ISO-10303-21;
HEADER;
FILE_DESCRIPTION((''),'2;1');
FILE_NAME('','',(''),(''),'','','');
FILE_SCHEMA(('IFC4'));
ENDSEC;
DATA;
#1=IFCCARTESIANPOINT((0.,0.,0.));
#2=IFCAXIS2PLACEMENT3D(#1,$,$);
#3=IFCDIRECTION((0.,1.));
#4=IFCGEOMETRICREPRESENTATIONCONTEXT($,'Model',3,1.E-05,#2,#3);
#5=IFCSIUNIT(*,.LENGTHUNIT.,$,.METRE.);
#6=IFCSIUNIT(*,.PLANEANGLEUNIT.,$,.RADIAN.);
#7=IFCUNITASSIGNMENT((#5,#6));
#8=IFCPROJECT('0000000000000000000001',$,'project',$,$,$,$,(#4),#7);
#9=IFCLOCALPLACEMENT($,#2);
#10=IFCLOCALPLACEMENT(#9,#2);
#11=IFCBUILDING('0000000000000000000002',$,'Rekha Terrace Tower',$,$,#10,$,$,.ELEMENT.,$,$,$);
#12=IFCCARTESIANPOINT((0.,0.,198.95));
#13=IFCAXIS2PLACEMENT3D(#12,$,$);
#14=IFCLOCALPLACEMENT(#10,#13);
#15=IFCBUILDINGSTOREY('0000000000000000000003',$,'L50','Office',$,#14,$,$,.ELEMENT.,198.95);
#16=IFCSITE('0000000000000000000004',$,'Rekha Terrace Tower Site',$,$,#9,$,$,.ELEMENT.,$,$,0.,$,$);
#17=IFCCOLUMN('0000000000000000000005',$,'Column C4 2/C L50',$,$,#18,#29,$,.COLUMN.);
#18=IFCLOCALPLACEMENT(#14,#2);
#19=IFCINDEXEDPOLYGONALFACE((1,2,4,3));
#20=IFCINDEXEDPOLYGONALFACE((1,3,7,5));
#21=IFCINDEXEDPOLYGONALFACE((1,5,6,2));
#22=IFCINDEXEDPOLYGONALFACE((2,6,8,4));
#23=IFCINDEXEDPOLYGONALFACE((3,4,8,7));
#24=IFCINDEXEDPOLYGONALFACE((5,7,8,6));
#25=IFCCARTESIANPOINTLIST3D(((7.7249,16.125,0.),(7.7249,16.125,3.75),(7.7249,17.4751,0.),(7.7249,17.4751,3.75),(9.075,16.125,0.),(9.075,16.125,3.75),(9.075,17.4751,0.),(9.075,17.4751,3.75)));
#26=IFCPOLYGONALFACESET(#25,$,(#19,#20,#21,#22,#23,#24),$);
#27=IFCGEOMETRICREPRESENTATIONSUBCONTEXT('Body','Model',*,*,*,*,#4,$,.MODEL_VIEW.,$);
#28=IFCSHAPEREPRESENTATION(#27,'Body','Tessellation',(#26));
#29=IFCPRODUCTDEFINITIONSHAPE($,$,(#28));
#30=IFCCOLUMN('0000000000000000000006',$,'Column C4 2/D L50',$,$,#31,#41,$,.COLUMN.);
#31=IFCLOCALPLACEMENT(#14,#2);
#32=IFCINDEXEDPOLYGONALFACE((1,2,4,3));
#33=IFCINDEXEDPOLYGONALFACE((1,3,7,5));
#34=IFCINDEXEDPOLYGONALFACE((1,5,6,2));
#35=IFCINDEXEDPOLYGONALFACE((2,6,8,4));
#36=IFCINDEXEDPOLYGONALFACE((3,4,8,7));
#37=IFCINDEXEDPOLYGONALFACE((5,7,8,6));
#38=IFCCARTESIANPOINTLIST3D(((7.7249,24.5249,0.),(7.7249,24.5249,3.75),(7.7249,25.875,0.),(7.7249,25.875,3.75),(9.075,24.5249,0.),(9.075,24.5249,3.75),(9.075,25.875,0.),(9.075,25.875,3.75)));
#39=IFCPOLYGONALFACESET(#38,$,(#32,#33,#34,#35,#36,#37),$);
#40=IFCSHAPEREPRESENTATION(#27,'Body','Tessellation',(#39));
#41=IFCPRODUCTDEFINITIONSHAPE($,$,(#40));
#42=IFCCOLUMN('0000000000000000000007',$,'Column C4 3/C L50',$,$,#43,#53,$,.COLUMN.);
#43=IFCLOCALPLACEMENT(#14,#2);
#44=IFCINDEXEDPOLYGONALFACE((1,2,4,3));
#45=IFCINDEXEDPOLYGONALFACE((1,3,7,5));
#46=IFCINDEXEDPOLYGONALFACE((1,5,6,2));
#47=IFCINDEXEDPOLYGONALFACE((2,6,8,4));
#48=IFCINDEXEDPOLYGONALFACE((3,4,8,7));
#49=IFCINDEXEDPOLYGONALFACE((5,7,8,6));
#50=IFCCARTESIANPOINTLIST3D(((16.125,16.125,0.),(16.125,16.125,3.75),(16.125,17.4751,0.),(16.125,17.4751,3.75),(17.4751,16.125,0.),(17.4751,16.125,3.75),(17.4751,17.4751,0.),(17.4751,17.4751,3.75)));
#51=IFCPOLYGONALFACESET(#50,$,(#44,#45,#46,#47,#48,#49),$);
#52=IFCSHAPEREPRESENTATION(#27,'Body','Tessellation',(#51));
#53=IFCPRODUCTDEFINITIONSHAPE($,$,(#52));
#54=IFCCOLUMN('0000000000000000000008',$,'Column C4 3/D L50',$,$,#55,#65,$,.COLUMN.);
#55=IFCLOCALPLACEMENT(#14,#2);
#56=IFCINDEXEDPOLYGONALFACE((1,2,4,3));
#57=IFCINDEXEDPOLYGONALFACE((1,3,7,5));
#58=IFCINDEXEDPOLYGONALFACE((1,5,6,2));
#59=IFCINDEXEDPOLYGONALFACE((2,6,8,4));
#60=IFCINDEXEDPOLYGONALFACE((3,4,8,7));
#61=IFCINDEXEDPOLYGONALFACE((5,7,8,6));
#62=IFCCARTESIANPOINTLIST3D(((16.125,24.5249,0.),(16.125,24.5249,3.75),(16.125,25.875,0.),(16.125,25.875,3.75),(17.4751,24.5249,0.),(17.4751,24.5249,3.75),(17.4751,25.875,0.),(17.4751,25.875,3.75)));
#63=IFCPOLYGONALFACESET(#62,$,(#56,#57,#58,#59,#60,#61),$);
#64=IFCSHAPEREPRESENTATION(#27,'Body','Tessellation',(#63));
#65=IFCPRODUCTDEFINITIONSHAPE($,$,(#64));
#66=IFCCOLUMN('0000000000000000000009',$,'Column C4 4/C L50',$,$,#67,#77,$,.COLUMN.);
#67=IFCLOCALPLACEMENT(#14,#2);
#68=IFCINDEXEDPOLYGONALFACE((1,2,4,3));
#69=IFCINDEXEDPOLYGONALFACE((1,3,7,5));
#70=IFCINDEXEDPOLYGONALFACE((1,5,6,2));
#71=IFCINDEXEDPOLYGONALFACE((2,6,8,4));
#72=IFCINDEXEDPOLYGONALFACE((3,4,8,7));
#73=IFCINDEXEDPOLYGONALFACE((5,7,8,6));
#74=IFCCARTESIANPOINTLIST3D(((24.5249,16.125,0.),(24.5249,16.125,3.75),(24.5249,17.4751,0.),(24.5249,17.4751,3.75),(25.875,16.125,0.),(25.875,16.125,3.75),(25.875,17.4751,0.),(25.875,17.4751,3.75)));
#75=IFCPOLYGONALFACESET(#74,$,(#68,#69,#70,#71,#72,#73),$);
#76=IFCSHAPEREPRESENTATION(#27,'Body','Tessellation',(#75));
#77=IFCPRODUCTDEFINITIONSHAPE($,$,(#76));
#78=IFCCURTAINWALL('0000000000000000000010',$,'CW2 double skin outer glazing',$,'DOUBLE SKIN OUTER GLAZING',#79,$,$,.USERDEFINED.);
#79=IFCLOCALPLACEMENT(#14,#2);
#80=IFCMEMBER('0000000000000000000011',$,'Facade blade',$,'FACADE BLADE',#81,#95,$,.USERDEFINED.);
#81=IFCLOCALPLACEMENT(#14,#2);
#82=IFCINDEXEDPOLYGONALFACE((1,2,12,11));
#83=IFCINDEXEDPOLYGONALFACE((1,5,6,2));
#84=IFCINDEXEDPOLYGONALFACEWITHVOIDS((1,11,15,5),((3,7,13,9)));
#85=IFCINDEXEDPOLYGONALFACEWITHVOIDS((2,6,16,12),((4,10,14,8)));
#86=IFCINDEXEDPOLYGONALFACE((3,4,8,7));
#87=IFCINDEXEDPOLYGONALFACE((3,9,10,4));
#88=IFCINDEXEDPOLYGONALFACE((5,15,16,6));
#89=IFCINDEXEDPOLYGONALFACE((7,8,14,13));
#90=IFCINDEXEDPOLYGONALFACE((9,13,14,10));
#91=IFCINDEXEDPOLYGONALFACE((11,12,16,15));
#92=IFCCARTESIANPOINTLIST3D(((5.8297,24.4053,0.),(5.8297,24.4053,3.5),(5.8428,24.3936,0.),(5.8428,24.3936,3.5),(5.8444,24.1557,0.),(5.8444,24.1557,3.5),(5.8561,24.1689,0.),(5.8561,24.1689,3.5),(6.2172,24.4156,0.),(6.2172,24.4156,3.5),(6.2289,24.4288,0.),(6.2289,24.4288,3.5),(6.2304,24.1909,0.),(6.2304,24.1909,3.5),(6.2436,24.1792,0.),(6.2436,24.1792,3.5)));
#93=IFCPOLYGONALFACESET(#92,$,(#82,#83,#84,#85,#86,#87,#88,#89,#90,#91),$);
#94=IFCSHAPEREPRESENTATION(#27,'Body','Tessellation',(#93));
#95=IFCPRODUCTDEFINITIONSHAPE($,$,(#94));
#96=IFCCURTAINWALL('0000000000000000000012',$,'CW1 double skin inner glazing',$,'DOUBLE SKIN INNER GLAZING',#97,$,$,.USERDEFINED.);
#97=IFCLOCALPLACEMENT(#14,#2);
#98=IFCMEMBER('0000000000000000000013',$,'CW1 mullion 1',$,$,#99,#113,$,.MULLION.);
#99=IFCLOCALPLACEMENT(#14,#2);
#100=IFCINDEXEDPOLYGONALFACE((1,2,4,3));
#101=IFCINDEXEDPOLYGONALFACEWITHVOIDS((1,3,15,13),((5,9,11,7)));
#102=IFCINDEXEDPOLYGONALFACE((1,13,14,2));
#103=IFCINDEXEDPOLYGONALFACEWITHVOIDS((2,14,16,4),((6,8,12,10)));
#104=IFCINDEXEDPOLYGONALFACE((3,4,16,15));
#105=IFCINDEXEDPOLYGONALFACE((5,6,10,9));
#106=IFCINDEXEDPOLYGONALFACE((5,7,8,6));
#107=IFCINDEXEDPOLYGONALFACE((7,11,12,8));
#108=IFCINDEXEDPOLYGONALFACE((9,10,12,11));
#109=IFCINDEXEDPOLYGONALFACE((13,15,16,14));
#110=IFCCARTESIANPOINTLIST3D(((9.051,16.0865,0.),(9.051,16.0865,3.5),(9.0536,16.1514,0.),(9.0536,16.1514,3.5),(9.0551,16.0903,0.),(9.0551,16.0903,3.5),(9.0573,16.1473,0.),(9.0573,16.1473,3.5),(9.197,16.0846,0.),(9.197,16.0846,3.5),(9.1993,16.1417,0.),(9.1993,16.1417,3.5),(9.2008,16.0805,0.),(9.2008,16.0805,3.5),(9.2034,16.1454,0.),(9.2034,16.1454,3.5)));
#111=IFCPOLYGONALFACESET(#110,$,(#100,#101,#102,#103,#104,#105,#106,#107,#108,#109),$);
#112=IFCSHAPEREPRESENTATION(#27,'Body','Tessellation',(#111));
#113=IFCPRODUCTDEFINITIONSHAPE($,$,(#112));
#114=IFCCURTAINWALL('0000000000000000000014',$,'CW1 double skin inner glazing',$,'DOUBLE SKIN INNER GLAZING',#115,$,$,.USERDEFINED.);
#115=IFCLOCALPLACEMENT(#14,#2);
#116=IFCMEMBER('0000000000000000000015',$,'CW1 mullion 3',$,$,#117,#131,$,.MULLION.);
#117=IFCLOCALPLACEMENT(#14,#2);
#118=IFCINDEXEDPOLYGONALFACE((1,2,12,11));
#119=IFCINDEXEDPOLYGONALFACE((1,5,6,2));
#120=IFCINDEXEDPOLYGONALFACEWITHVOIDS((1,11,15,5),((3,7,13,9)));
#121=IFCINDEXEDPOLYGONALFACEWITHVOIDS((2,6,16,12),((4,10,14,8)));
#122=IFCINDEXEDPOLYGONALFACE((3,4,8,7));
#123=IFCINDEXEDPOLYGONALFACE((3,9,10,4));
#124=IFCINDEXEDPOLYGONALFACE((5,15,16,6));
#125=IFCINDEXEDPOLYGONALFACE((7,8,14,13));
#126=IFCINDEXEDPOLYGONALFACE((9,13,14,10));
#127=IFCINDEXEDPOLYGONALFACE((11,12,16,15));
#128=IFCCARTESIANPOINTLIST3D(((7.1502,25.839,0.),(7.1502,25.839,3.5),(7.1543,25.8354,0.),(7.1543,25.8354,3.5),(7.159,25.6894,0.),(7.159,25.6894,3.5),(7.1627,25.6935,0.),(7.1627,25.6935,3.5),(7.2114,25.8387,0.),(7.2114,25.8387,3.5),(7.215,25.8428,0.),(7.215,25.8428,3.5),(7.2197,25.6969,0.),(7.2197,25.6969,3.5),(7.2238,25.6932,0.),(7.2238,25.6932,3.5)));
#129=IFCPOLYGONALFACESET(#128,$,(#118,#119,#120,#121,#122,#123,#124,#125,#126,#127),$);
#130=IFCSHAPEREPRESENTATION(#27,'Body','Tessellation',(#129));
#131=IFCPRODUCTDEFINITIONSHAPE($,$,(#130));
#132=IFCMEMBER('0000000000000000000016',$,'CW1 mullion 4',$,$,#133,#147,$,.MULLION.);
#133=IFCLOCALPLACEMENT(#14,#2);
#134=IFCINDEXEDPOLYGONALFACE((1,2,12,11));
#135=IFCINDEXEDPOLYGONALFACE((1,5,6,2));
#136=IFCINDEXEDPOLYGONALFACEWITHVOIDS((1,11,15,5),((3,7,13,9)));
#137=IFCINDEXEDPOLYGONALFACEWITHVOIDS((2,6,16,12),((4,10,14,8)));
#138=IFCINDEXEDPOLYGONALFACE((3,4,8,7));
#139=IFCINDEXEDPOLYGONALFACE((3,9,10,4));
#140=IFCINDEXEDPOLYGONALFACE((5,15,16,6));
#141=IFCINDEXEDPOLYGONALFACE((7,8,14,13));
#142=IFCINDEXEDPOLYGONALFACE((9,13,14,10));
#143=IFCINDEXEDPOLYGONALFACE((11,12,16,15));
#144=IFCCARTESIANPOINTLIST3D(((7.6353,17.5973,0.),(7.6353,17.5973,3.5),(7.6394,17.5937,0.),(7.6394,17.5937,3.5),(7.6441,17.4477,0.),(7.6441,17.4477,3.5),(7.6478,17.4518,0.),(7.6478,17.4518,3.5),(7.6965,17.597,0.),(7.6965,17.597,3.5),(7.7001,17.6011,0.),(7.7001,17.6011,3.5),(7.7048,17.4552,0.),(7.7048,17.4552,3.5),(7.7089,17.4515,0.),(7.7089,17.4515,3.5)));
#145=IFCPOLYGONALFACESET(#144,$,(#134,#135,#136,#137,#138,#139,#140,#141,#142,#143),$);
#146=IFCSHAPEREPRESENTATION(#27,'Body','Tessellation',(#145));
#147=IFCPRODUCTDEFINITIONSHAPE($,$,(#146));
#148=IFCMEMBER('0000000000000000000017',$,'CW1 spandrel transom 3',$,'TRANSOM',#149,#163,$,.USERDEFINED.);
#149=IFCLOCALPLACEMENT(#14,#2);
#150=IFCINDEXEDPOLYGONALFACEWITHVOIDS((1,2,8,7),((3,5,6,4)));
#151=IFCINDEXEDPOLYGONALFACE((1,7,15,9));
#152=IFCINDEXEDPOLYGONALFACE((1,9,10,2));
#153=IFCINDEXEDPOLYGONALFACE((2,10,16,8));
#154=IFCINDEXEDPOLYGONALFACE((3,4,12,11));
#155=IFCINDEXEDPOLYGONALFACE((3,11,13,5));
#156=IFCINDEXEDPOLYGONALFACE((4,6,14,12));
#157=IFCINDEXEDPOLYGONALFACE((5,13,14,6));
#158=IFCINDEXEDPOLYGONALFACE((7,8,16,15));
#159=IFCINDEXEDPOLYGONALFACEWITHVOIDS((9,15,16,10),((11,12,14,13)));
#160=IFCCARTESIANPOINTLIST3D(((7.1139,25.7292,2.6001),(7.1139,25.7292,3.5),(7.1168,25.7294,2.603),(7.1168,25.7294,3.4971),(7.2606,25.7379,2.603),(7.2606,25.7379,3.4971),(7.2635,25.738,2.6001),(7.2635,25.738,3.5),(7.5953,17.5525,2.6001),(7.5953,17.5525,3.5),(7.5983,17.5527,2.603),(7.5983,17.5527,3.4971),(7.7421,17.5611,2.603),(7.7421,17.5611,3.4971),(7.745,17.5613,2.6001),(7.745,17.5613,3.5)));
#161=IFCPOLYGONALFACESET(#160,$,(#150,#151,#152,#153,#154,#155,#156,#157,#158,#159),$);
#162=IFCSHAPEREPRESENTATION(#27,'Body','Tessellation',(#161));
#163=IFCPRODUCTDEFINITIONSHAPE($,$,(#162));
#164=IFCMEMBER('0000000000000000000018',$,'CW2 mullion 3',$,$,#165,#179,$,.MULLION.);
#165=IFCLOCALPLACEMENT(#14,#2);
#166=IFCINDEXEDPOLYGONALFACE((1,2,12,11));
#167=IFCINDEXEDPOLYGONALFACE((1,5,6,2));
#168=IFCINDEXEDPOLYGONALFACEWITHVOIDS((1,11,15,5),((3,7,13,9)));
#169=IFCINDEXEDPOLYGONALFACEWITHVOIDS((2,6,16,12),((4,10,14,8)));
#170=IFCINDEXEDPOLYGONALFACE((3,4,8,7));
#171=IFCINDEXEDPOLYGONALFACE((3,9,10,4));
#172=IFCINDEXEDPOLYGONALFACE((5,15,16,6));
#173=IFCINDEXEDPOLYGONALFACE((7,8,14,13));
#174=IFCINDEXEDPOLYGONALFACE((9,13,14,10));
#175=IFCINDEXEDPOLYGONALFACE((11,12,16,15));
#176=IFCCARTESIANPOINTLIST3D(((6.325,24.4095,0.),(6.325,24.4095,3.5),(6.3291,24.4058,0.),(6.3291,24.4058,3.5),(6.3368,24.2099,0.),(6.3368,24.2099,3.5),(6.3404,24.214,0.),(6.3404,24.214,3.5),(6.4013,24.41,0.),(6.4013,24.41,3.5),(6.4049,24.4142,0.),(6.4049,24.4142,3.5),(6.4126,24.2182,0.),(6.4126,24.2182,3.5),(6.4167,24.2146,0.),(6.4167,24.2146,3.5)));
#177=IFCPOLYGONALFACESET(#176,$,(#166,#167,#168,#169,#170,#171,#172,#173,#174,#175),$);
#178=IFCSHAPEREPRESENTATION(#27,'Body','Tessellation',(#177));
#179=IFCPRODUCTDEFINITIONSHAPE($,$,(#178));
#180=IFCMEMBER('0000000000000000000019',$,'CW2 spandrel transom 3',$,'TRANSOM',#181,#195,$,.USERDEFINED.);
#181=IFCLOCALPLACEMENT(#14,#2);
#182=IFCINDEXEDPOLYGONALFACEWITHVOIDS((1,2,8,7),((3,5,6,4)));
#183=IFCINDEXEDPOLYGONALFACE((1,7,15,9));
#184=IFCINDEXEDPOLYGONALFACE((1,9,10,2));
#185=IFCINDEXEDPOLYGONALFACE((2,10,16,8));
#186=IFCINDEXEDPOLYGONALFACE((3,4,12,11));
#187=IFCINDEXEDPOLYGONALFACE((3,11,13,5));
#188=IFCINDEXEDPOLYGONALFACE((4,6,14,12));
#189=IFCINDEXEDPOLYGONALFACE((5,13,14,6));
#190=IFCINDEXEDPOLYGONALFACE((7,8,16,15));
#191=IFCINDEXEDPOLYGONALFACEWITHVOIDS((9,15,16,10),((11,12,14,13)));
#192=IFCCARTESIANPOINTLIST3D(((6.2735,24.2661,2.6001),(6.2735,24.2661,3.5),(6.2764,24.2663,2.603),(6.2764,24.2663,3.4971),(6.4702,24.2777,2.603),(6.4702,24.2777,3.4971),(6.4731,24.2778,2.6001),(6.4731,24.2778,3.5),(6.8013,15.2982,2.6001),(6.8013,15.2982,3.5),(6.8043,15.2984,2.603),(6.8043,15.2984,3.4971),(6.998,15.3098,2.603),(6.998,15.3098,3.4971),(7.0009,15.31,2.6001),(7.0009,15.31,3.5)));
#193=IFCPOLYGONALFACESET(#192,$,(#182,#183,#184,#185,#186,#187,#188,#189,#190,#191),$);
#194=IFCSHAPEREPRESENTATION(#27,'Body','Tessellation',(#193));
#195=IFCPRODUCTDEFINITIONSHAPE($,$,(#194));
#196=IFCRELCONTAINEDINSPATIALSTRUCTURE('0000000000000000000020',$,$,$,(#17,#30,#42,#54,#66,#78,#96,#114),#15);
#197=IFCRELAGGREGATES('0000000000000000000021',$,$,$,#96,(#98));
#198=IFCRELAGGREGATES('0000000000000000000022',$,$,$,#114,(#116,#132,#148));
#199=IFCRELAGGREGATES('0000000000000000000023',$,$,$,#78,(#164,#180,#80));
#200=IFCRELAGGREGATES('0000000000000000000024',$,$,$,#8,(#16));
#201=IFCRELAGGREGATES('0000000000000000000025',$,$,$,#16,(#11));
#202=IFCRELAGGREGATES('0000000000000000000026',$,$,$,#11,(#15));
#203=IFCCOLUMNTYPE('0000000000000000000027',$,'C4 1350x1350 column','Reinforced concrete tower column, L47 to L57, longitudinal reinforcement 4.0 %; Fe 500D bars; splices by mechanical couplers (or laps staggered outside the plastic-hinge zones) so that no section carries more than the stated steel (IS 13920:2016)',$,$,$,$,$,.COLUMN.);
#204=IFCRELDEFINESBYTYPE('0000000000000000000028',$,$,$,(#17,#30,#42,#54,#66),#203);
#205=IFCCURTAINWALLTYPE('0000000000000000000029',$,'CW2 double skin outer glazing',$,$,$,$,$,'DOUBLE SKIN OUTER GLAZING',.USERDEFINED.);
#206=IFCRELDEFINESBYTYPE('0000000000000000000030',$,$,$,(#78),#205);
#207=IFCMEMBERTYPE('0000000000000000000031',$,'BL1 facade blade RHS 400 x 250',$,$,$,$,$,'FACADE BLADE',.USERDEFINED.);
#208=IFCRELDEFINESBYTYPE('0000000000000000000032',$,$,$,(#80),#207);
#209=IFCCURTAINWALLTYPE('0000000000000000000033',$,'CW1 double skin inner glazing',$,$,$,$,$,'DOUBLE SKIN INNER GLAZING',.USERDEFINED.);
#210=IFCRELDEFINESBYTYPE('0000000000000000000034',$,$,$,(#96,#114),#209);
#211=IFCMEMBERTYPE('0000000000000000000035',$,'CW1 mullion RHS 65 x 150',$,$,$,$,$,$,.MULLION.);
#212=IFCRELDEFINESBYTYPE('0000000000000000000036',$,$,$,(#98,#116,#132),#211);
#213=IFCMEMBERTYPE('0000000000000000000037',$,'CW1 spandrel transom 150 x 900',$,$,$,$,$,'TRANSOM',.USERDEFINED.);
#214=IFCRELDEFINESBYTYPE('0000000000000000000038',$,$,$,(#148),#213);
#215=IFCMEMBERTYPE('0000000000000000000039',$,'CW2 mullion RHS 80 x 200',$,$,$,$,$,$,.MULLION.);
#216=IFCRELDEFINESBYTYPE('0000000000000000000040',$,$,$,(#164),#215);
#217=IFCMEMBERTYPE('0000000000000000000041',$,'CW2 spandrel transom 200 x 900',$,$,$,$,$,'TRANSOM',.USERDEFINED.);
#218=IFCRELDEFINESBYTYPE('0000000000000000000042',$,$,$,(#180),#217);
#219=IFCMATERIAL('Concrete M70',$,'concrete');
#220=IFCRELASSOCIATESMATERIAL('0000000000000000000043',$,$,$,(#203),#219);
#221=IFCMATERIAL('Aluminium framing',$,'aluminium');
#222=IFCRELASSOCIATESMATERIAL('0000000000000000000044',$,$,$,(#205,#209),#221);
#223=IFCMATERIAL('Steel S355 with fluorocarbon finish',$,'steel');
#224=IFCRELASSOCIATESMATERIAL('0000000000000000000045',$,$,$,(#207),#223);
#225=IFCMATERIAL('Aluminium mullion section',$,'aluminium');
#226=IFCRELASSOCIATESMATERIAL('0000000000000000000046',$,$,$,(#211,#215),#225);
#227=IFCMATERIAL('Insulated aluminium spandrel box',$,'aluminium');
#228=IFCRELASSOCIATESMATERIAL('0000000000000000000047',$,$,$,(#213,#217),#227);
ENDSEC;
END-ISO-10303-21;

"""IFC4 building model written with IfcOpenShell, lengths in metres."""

from ifc_helpers import new_model, si_unit, direction, frame, origin, origin_2d, place, context, subcontext, project, spatial, rectangle, hollow_rectangle, extrude, material, material_profile, profile_set, type_object, element, aggregate, save


model = new_model("IFC4")

# Units and contexts
model_context = context("Model", 3, precision=1e-05, world=origin(), true_north=direction((0.0, 1.0)))
body_context = subcontext(model_context, "Body", "Model", "MODEL_VIEW")
ifc_project = project(units=[si_unit("LENGTHUNIT", "METRE"), si_unit("PLANEANGLEUNIT", "RADIAN")], contexts=[model_context])

# Site, building, storey
site_placement = place(None, origin())
site = spatial("IfcSite", under=ifc_project, at=site_placement, Name="Rekha Terrace Tower Site", CompositionType="ELEMENT", RefElevation=0.0)
building_placement = place(site_placement, origin())
building = spatial("IfcBuilding", under=site, at=building_placement, Name="Rekha Terrace Tower", CompositionType="ELEMENT")
storey_placement = place(building_placement, frame((0.0, 0.0, 198.95)))
storey = spatial("IfcBuildingStorey", under=building, at=storey_placement, Name="L50", Description="Office", CompositionType="ELEMENT", Elevation=198.95)

# Columns
ifc_material_1 = material(Name="Concrete M70", Category="concrete")
ifc_material_profile_1 = material_profile(ifc_material_1, rectangle(XDim=1.3501, YDim=1.3501, at=origin_2d()), Name="RC 1350x1350")
ifc_profile_set_1 = profile_set([ifc_material_profile_1], Name="Concrete M70")
column_type = type_object("IfcColumnType", Name="C4 1350x1350 column", Description="Reinforced concrete tower column, L47 to L57, longitudinal reinforcement 4.0 %; Fe 500D bars; splices by mechanical couplers (or laps staggered outside the plastic-hinge zones) so that no section carries more than the stated steel (IS 13920:2016)", PredefinedType="COLUMN", material=ifc_profile_set_1)
for number, where, z_axis, x_axis, name in (
    (1, (8.3999, 16.8, 0.0), (0.0, 0.0, 1.0), (1.0, 0.0, 0.0), "Column C4 2/C L50"),
    (2, (8.3999, 25.2, 0.0), (0.0, 0.0, 1.0), (1.0, 0.0, 0.0), "Column C4 2/D L50"),
    (3, (16.8, 16.8, 0.0), (0.0, 0.0, 1.0), (1.0, 0.0, 0.0), "Column C4 3/C L50"),
    (4, (16.8, 25.2, 0.0), (0.0, 0.0, 1.0), (1.0, 0.0, 0.0), "Column C4 3/D L50"),
    (5, (25.2, 16.8, 0.0), (0.0, 0.0, 1.0), (1.0, 0.0, 0.0), "Column C4 4/C L50"),
):
    element("IfcColumn", number, at=place(storey_placement, frame(where, z_axis=z_axis, x_axis=x_axis)), inside=storey, type_object=column_type, Name=name, PredefinedType="COLUMN", context=body_context, shape_type="SweptSolid", body=[
        extrude(rectangle(XDim=1.3501, YDim=1.3501, at=origin_2d()), origin(), (0.0, 0.0, 1.0), 3.75),
    ])

# Curtain walls, members
ifc_material_2 = material(Name="Aluminium framing", Category="aluminium")
curtain_wall_type_1 = type_object("IfcCurtainWallType", Name="CW2 double skin outer glazing", ElementType="DOUBLE SKIN OUTER GLAZING", PredefinedType="USERDEFINED", material=ifc_material_2)
curtain_wall_1_placement = place(storey_placement, origin())
curtain_wall_1 = element("IfcCurtainWall", 6, at=curtain_wall_1_placement, inside=storey, type_object=curtain_wall_type_1, Name="CW2 double skin outer glazing", ObjectType="DOUBLE SKIN OUTER GLAZING", PredefinedType="USERDEFINED")
ifc_material_3 = material(Name="Steel S355 with fluorocarbon finish", Category="steel")
ifc_material_profile_2 = material_profile(ifc_material_3, hollow_rectangle(XDim=0.25, YDim=0.3999, WallThickness=0.0125, at=origin_2d()), Name="RHS400x250x12.5")
ifc_profile_set_2 = profile_set([ifc_material_profile_2], Name="Steel S355 with fluorocarbon finish")
member_type_1 = type_object("IfcMemberType", Name="BL1 facade blade RHS 400 x 250", ElementType="FACADE BLADE", PredefinedType="USERDEFINED", material=ifc_profile_set_2)
member_1_placement = place(storey_placement, frame((6.0366, 24.2922, 0.0), z_axis=(0.0, 0.0, 1.0), x_axis=(0.058765, -0.998272, 0.0)))
member_1 = element("IfcMember", 7, at=member_1_placement, type_object=member_type_1, Name="Facade blade", ObjectType="FACADE BLADE", PredefinedType="USERDEFINED", context=body_context, shape_type="SweptSolid", body=[
    extrude(hollow_rectangle(XDim=0.25, YDim=0.3999, WallThickness=0.0125, at=origin_2d()), origin(), (0.0, 0.0, 1.0), 3.5),
])
curtain_wall_type_2 = type_object("IfcCurtainWallType", Name="CW1 double skin inner glazing", ElementType="DOUBLE SKIN INNER GLAZING", PredefinedType="USERDEFINED", material=ifc_material_2)
curtain_wall_2_placement = place(storey_placement, origin())
curtain_wall_2 = element("IfcCurtainWall", 8, at=curtain_wall_2_placement, inside=storey, type_object=curtain_wall_type_2, Name="CW1 double skin inner glazing", ObjectType="DOUBLE SKIN INNER GLAZING", PredefinedType="USERDEFINED")
ifc_material_4 = material(Name="Aluminium mullion section", Category="aluminium")
ifc_material_profile_3 = material_profile(ifc_material_4, hollow_rectangle(XDim=0.0649, YDim=0.1499, WallThickness=0.0039, at=origin_2d()), Name="AL RHS 65x150")
ifc_profile_set_3 = profile_set([ifc_material_profile_3], Name="Aluminium mullion section")
member_type_2 = type_object("IfcMemberType", Name="CW1 mullion RHS 65 x 150", PredefinedType="MULLION", material=ifc_profile_set_3)
member_2_placement = place(storey_placement, frame((9.1272, 16.116, 0.0), z_axis=(0.0, 0.0, 1.0), x_axis=(0.039872, 0.999205, 0.0)))
member_2 = element("IfcMember", 9, at=member_2_placement, type_object=member_type_2, Name="CW1 mullion 1", PredefinedType="MULLION", context=body_context, shape_type="SweptSolid", body=[
    extrude(hollow_rectangle(XDim=0.0649, YDim=0.1499, WallThickness=0.0039, at=origin_2d()), origin(), (0.0, 0.0, 1.0), 3.5),
])
aggregate(curtain_wall_2, [member_2])

# Curtain wall, members
curtain_wall_3_placement = place(storey_placement, origin())
curtain_wall_3 = element("IfcCurtainWall", 10, at=curtain_wall_3_placement, inside=storey, type_object=curtain_wall_type_2, Name="CW1 double skin inner glazing", ObjectType="DOUBLE SKIN INNER GLAZING", PredefinedType="USERDEFINED")
member_3_placement = place(storey_placement, frame((7.187, 25.7661, 0.0), z_axis=(0.0, 0.0, 1.0), x_axis=(0.998272, 0.058765, 0.0)))
member_3 = element("IfcMember", 11, at=member_3_placement, type_object=member_type_2, Name="CW1 mullion 3", PredefinedType="MULLION", context=body_context, shape_type="SweptSolid", body=[
    extrude(hollow_rectangle(XDim=0.0649, YDim=0.1499, WallThickness=0.0039, at=origin_2d()), origin(), (0.0, 0.0, 1.0), 3.5),
])
member_4_placement = place(storey_placement, frame((7.6721, 17.5244, 0.0), z_axis=(0.0, 0.0, 1.0), x_axis=(0.998272, 0.058765, 0.0)))
member_4 = element("IfcMember", 12, at=member_4_placement, type_object=member_type_2, Name="CW1 mullion 4", PredefinedType="MULLION", context=body_context, shape_type="SweptSolid", body=[
    extrude(hollow_rectangle(XDim=0.0649, YDim=0.1499, WallThickness=0.0039, at=origin_2d()), origin(), (0.0, 0.0, 1.0), 3.5),
])
ifc_material_5 = material(Name="Insulated aluminium spandrel box", Category="aluminium")
ifc_material_profile_4 = material_profile(ifc_material_5, hollow_rectangle(XDim=0.1499, YDim=0.8999, WallThickness=0.0029, at=origin_2d()), Name="AL SPANDREL BOX 150x900")
ifc_profile_set_4 = profile_set([ifc_material_profile_4], Name="Insulated aluminium spandrel box")
member_type_3 = type_object("IfcMemberType", Name="CW1 spandrel transom 150 x 900", ElementType="TRANSOM", PredefinedType="USERDEFINED", material=ifc_profile_set_4)
member_5_placement = place(storey_placement, frame((7.1887, 25.7336, 3.05), z_axis=(0.058778, -0.998271, 0.0), x_axis=(0.998271, 0.058778, 0.0)))
member_5 = element("IfcMember", 13, at=member_5_placement, type_object=member_type_3, Name="CW1 spandrel transom 3", ObjectType="TRANSOM", PredefinedType="USERDEFINED", context=body_context, shape_type="SweptSolid", body=[
    extrude(hollow_rectangle(XDim=0.1499, YDim=0.8999, WallThickness=0.0029, at=origin_2d()), origin(), (0.0, 0.0, 1.0), 8.1909),
])

# Members
ifc_material_profile_5 = material_profile(ifc_material_4, hollow_rectangle(XDim=0.0801, YDim=0.2, WallThickness=0.0039, at=origin_2d()), Name="AL RHS 80x200")
ifc_profile_set_5 = profile_set([ifc_material_profile_5], Name="Aluminium mullion section")
member_type_4 = type_object("IfcMemberType", Name="CW2 mullion RHS 80 x 200", PredefinedType="MULLION", material=ifc_profile_set_5)
member_6_placement = place(storey_placement, frame((6.3708, 24.312, 0.0), z_axis=(0.0, 0.0, 1.0), x_axis=(0.998272, 0.058765, 0.0)))
member_6 = element("IfcMember", 14, at=member_6_placement, type_object=member_type_4, Name="CW2 mullion 3", PredefinedType="MULLION", context=body_context, shape_type="SweptSolid", body=[
    extrude(hollow_rectangle(XDim=0.0801, YDim=0.2, WallThickness=0.0039, at=origin_2d()), origin(), (0.0, 0.0, 1.0), 3.5),
])
ifc_material_profile_6 = material_profile(ifc_material_5, hollow_rectangle(XDim=0.2, YDim=0.8999, WallThickness=0.0029, at=origin_2d()), Name="AL SPANDREL BOX 200x900")
ifc_profile_set_6 = profile_set([ifc_material_profile_6], Name="Insulated aluminium spandrel box")
member_type_5 = type_object("IfcMemberType", Name="CW2 spandrel transom 200 x 900", ElementType="TRANSOM", PredefinedType="USERDEFINED", material=ifc_profile_set_6)
member_7_placement = place(storey_placement, frame((6.3733, 24.272, 3.05), z_axis=(0.058757, -0.998272, 0.0), x_axis=(0.998272, 0.058757, 0.0)))
member_7 = element("IfcMember", 15, at=member_7_placement, type_object=member_type_5, Name="CW2 spandrel transom 3", ObjectType="TRANSOM", PredefinedType="USERDEFINED", context=body_context, shape_type="SweptSolid", body=[
    extrude(hollow_rectangle(XDim=0.2, YDim=0.8999, WallThickness=0.0029, at=origin_2d()), origin(), (0.0, 0.0, 1.0), 8.9834),
])

aggregate(curtain_wall_3, [member_3, member_4, member_5])
aggregate(curtain_wall_1, [member_6, member_7, member_1])

save(model, "model.ifc")
